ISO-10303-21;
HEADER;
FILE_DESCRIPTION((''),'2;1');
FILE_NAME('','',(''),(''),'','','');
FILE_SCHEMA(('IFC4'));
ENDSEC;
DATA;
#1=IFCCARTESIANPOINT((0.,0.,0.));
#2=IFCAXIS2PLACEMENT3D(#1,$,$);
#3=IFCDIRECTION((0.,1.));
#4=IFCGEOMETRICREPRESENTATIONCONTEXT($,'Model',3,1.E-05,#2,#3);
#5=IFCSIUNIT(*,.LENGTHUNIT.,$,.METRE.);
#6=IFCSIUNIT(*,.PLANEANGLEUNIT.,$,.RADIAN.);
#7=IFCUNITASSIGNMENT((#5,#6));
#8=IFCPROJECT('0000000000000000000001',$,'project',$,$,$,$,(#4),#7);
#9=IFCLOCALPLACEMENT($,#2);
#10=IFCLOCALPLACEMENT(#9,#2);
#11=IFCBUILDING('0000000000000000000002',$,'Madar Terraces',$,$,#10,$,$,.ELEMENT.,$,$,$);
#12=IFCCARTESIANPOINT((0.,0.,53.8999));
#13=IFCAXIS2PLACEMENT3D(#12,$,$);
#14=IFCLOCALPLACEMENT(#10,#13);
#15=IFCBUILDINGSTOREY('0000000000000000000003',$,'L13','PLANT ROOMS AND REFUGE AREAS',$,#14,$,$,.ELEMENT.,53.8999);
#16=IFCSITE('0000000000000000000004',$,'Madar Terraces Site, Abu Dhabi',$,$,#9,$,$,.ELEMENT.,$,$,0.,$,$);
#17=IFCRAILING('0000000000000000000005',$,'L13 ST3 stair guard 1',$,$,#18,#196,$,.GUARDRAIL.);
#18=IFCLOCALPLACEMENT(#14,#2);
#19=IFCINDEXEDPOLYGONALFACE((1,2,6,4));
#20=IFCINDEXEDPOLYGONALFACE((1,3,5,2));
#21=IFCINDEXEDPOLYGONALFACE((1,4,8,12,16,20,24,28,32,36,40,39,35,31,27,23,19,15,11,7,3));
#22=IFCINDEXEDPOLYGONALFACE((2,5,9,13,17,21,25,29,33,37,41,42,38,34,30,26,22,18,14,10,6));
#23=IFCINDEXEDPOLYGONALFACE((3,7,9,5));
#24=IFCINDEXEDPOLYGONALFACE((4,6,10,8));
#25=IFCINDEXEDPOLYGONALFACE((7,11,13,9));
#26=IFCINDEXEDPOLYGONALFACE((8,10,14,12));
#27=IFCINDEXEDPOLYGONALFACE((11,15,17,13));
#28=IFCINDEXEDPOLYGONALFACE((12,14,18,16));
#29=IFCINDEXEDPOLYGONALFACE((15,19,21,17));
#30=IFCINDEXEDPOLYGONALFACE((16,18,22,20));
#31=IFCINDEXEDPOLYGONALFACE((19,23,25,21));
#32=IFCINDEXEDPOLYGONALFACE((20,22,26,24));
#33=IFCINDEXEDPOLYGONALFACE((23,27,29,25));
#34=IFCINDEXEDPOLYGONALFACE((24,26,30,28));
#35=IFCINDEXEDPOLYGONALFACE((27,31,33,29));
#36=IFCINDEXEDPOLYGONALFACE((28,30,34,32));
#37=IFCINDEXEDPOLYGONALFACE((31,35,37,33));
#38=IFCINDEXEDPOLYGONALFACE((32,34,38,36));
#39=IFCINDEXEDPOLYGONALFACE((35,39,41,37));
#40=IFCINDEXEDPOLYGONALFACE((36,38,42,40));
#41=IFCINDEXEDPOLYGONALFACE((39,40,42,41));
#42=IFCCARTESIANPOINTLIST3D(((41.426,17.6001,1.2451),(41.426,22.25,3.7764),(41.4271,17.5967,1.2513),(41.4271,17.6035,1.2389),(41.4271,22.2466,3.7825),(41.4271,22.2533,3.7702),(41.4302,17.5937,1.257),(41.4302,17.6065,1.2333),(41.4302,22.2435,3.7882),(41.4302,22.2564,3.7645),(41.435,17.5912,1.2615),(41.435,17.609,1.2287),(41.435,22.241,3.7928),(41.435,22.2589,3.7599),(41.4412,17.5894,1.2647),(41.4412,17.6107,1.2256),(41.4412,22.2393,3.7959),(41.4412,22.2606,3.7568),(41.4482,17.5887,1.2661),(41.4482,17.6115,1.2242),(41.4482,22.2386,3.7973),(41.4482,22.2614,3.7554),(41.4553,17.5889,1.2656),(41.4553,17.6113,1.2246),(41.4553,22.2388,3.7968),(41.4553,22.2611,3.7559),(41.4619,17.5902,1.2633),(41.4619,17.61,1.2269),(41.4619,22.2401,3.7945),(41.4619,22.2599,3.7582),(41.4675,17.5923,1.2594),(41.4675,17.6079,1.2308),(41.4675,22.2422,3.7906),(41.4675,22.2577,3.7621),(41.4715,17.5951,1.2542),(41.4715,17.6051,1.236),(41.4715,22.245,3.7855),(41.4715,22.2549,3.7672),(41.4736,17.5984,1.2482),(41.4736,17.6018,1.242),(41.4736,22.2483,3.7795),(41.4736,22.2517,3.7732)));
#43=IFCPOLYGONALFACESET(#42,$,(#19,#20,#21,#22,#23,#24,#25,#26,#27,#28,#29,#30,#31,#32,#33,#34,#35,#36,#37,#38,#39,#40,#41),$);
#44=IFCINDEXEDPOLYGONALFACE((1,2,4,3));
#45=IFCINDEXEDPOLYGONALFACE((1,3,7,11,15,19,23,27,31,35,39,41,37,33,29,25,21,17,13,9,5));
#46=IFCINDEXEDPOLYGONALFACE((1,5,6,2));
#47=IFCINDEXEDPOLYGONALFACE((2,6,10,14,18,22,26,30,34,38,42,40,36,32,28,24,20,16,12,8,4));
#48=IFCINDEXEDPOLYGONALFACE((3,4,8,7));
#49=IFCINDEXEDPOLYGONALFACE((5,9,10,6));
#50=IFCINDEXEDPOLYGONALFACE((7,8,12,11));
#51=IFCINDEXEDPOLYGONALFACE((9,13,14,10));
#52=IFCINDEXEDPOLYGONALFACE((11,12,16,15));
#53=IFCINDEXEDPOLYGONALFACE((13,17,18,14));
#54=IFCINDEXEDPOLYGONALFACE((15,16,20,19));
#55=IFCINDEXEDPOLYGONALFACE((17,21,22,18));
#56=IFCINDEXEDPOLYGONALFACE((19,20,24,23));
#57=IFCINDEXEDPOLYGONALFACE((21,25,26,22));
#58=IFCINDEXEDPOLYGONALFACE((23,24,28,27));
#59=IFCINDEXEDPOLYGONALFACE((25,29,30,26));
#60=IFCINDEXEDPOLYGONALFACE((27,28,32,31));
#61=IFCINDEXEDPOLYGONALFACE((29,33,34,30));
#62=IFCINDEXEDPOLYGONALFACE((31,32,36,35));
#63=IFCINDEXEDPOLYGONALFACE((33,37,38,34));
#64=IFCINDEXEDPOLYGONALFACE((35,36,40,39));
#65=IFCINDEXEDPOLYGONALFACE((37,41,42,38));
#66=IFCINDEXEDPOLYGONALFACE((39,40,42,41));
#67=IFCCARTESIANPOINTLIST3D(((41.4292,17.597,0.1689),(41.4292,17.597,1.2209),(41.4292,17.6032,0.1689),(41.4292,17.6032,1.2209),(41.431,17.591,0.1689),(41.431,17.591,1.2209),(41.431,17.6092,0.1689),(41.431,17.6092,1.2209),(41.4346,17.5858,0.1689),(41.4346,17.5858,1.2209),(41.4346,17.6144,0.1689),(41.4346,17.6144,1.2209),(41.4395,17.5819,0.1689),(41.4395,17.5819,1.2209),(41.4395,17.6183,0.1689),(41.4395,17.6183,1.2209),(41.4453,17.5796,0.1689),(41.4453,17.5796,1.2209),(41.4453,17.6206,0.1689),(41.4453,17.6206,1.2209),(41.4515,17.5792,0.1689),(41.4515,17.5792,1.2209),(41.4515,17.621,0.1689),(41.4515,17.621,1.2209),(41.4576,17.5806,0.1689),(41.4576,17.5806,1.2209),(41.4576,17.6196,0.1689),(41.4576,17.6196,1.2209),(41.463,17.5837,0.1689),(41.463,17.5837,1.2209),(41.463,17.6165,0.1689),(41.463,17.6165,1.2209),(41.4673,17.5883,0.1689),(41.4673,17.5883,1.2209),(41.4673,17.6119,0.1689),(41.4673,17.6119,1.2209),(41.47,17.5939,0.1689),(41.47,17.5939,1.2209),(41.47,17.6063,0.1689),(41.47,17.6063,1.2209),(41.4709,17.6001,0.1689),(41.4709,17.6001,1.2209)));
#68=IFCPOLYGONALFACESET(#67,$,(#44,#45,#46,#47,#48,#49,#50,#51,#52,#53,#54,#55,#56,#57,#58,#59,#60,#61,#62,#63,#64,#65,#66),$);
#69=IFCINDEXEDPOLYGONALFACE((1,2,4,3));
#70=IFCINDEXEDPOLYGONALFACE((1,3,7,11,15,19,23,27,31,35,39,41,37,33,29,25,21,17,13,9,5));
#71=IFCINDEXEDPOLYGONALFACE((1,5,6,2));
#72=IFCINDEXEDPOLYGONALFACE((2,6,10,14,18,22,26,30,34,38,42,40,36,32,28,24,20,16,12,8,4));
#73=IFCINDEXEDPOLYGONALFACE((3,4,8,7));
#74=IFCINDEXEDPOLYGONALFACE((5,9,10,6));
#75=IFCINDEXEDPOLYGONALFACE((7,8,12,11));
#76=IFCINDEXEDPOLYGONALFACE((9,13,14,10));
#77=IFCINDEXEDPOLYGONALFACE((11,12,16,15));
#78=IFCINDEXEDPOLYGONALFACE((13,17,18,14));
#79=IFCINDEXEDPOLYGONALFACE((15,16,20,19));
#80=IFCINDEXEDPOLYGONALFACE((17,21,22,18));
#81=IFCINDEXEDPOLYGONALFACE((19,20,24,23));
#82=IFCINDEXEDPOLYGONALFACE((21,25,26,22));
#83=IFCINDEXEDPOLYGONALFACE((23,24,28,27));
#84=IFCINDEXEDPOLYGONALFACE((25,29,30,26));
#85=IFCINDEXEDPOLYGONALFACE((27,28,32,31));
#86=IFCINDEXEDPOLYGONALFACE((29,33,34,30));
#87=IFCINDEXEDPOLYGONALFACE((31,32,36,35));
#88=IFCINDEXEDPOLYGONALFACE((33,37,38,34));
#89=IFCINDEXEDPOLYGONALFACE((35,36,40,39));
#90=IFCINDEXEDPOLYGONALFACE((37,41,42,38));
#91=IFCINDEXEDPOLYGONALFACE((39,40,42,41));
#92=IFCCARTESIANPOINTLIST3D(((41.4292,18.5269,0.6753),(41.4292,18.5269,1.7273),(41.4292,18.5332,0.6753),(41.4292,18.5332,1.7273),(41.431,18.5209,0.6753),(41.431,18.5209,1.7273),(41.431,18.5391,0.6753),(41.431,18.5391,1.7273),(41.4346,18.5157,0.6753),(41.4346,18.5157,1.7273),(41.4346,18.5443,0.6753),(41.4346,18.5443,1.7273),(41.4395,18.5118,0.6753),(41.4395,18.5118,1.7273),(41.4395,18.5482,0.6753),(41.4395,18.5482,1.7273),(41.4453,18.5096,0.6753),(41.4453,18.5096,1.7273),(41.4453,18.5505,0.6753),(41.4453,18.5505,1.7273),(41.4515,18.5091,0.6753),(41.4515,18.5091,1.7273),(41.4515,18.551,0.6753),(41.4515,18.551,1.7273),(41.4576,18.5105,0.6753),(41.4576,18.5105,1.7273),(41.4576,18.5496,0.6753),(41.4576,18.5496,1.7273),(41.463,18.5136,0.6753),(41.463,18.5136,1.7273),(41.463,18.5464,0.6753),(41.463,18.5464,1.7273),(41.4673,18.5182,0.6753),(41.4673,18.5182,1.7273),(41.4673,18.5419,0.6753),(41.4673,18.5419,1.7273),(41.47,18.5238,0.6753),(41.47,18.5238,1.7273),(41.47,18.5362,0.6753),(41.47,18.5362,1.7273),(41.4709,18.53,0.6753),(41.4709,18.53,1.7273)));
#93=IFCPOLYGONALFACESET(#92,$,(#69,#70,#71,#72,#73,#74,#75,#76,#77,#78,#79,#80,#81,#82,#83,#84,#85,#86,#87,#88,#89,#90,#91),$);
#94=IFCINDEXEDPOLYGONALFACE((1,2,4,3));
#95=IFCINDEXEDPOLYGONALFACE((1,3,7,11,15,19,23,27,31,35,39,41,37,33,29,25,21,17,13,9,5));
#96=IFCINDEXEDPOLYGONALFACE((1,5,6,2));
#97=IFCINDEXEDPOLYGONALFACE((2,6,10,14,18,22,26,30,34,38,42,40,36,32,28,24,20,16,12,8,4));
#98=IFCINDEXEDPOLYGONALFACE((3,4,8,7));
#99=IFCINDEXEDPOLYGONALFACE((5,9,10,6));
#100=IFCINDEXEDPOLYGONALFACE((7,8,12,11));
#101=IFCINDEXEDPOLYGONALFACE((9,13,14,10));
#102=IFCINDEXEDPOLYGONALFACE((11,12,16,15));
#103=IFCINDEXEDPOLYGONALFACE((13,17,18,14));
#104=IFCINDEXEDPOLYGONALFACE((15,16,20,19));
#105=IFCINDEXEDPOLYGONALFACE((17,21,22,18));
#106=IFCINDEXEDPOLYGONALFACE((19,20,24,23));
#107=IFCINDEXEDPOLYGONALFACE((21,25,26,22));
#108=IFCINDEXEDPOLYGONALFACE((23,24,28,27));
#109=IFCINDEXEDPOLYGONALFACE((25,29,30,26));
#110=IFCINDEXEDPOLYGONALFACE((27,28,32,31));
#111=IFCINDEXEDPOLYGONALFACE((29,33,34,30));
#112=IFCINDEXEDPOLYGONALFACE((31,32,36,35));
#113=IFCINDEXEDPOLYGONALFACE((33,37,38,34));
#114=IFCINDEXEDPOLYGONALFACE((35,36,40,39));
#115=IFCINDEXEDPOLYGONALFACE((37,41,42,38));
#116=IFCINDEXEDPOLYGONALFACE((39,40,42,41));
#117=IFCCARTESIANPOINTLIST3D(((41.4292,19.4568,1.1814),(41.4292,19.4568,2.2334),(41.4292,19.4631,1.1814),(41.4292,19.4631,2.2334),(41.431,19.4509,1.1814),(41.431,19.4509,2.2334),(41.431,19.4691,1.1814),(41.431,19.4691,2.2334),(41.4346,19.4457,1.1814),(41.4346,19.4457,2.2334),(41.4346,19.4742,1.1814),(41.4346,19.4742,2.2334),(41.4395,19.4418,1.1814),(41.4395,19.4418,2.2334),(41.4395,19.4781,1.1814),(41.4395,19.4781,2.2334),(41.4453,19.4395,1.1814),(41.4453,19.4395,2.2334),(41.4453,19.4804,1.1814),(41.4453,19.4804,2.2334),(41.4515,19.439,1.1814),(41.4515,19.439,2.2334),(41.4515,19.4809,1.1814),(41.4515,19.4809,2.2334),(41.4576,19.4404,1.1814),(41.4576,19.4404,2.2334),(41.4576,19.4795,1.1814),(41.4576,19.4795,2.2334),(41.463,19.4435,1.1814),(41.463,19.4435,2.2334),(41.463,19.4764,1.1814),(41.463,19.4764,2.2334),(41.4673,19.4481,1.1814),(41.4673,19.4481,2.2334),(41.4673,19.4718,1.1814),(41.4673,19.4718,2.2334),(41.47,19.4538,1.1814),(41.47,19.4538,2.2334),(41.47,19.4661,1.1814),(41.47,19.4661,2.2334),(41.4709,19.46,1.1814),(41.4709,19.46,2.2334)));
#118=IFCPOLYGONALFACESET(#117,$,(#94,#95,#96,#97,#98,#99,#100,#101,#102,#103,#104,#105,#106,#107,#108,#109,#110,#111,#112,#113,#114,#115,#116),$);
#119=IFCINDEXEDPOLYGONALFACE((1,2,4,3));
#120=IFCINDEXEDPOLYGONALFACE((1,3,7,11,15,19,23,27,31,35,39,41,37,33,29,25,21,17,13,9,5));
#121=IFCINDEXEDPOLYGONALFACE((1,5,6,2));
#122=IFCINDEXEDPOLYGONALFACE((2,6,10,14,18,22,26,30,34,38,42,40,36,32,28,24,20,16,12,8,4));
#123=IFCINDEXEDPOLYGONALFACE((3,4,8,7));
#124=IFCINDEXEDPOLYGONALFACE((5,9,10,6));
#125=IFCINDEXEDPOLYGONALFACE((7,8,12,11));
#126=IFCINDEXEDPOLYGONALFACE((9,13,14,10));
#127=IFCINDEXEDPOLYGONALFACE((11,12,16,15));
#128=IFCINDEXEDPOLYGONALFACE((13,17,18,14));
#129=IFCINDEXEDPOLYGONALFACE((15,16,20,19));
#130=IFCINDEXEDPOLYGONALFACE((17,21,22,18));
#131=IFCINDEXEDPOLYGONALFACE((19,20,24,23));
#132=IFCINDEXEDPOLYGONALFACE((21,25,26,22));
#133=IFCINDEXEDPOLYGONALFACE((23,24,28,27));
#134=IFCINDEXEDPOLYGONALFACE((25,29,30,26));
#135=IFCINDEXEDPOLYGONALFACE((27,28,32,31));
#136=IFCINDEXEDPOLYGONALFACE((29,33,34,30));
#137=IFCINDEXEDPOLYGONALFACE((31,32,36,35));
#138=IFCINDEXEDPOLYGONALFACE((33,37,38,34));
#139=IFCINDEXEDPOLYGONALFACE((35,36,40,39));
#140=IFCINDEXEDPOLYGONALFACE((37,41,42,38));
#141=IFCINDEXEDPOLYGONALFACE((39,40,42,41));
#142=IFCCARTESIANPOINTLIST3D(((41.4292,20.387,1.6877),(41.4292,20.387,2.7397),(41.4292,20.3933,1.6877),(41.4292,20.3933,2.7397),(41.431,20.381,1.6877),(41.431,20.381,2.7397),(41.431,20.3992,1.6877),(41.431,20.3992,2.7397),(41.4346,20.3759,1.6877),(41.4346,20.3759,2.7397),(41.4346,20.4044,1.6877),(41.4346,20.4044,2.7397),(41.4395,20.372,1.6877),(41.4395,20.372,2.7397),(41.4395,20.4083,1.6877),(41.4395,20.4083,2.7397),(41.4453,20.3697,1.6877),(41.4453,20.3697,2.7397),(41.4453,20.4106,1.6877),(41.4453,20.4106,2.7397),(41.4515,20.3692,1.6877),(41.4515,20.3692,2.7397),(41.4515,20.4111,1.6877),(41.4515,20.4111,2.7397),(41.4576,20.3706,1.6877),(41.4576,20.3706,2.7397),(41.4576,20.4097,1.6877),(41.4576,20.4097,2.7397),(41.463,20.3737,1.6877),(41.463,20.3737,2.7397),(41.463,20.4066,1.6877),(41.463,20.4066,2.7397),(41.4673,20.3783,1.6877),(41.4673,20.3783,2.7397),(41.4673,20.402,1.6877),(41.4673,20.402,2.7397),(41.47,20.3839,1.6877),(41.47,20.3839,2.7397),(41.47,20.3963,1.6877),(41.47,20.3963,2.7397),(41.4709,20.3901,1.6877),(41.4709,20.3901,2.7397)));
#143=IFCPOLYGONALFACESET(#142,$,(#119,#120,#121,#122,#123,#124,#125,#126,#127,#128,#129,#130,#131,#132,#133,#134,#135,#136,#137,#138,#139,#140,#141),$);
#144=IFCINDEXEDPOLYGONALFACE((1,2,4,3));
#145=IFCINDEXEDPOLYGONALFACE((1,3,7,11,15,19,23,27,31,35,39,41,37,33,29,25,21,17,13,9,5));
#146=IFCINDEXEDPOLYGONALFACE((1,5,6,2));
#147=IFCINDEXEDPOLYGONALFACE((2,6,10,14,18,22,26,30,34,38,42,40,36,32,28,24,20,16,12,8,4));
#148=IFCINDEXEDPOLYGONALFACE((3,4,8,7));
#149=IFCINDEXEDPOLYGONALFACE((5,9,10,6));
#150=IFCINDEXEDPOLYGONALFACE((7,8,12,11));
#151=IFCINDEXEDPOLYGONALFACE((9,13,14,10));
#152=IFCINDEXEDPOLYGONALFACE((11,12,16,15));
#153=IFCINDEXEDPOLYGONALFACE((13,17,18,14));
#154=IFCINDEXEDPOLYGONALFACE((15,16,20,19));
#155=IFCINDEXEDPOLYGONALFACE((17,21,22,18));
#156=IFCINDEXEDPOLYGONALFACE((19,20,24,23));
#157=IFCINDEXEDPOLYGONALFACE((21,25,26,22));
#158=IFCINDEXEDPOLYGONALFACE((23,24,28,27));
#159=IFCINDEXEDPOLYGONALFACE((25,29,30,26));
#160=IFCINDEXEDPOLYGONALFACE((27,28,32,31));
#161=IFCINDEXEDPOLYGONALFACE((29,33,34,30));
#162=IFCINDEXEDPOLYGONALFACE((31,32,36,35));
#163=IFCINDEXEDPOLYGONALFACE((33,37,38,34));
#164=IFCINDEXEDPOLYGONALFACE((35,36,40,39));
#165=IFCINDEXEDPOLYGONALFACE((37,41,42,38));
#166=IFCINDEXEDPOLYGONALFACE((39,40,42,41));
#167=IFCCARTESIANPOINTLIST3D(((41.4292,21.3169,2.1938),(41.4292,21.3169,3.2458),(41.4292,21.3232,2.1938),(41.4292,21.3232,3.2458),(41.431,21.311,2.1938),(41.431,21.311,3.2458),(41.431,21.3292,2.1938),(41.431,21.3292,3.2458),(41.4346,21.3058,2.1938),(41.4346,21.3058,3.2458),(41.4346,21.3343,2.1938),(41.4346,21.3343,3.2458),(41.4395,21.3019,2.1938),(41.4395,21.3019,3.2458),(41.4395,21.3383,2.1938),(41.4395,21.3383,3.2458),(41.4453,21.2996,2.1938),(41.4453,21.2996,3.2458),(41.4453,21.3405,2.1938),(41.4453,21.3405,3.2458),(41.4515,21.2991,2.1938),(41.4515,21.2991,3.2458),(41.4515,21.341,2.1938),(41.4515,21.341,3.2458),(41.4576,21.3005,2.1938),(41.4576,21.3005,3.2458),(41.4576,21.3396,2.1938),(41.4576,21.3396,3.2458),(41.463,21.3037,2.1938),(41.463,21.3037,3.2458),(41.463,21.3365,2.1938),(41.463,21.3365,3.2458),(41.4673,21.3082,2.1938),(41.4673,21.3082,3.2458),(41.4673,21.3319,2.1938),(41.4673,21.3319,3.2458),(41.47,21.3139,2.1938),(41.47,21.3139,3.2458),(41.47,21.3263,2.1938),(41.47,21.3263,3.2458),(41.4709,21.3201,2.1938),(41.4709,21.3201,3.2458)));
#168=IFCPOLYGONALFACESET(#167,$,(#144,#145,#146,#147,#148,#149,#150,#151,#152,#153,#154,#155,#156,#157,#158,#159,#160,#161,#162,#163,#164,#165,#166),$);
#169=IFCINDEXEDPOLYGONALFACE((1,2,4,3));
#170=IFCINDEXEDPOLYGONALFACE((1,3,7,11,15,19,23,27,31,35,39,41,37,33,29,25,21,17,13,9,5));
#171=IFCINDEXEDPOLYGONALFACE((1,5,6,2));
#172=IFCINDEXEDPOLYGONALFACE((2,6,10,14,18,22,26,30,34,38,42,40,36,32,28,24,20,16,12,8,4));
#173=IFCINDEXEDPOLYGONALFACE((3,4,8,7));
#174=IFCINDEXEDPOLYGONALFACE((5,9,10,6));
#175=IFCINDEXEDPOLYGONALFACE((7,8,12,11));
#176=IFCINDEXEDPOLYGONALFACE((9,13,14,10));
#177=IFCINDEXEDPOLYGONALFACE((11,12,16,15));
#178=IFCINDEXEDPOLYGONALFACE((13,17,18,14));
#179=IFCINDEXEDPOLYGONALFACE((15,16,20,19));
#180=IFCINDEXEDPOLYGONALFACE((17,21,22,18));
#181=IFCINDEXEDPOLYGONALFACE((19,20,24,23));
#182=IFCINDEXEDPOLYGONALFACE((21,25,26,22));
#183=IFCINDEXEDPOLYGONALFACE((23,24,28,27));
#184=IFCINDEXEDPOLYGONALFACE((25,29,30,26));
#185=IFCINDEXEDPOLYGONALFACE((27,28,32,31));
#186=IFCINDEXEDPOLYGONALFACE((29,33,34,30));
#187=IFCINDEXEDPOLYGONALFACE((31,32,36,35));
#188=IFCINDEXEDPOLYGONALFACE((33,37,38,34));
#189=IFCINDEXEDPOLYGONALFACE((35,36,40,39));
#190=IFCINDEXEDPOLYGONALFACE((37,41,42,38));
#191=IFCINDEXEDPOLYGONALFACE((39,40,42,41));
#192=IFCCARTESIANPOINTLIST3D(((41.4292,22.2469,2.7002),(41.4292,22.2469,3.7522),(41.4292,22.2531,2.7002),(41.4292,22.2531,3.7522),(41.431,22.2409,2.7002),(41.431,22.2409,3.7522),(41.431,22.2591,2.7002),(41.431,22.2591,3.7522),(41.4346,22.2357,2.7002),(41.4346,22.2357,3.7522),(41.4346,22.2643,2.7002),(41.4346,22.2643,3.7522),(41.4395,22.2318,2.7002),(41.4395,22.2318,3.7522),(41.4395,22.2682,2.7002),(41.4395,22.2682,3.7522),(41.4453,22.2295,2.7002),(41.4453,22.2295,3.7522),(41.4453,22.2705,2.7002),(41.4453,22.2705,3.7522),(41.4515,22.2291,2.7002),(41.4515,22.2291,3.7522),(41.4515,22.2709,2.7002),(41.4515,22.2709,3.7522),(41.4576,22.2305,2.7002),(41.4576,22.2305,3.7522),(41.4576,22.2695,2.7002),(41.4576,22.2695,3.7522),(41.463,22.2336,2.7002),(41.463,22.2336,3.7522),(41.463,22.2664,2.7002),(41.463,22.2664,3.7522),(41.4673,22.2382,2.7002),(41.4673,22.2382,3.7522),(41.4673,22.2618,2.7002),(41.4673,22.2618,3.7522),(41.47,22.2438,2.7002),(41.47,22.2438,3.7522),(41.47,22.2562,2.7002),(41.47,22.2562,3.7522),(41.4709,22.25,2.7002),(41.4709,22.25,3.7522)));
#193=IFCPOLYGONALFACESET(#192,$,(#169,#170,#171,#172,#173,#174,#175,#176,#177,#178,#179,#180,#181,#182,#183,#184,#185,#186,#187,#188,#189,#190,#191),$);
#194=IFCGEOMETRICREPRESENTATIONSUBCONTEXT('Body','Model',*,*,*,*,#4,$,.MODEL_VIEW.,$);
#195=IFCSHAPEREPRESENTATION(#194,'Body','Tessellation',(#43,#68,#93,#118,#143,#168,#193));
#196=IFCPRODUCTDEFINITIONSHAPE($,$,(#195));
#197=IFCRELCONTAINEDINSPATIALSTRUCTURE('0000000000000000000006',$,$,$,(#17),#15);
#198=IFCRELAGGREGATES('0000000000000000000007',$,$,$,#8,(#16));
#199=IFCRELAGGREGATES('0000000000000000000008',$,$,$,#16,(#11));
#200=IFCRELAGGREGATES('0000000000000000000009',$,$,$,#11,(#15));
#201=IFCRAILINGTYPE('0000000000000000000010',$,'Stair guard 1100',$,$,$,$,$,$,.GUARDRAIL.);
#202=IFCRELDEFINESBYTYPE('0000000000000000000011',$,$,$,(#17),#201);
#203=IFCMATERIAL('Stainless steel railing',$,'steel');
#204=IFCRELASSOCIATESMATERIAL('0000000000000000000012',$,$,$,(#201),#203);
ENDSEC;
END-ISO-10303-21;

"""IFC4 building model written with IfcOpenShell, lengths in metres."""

from ifc_helpers import new_model, si_unit, direction, frame, origin, origin_2d, place, context, subcontext, project, spatial, circle, extrude, material, type_object, element, save


model = new_model("IFC4")

# Units and contexts
model_context = context("Model", 3, precision=1e-05, world=origin(), true_north=direction((0.0, 1.0)))
body_context = subcontext(model_context, "Body", "Model", "MODEL_VIEW")
ifc_project = project(units=[si_unit("LENGTHUNIT", "METRE"), si_unit("PLANEANGLEUNIT", "RADIAN")], contexts=[model_context])

# Site, building, storey
site_placement = place(None, origin())
site = spatial("IfcSite", under=ifc_project, at=site_placement, Name="Madar Terraces Site, Abu Dhabi", CompositionType="ELEMENT", RefElevation=0.0)
building_placement = place(site_placement, origin())
building = spatial("IfcBuilding", under=site, at=building_placement, Name="Madar Terraces", CompositionType="ELEMENT")
storey_placement = place(building_placement, frame((0.0, 0.0, 53.8999)))
storey = spatial("IfcBuildingStorey", under=building, at=storey_placement, Name="L13", Description="PLANT ROOMS AND REFUGE AREAS", CompositionType="ELEMENT", Elevation=53.8999)

# Railing
ifc_material_1 = material(Name="Stainless steel railing", Category="steel")
railing_type_1 = type_object("IfcRailingType", Name="Stair guard 1100", PredefinedType="GUARDRAIL", material=ifc_material_1)
railing_1_placement = place(storey_placement, frame((41.45, 17.6001, 0.1689)))
element("IfcRailing", 1, at=railing_1_placement, inside=storey, type_object=railing_type_1, Name="L13 ST3 stair guard 1", PredefinedType="GUARDRAIL", context=body_context, shape_type="SweptSolid", body=[
    extrude(circle(Radius=0.0239, at=origin_2d()), frame((0.0, 0.0, 1.0762), z_axis=(0.0, 0.878297, 0.478115), x_axis=(-1.0, 0.0, 0.0)), (0.0, 0.0, 1.0), 5.2942),
    extrude(circle(Radius=0.021, at=origin_2d()), origin(), (0.0, 0.0, 1.0), 1.052),
    extrude(circle(Radius=0.021, at=origin_2d()), frame((0.0, 0.9299, 0.5063)), (0.0, 0.0, 1.0), 1.052),
    extrude(circle(Radius=0.021, at=origin_2d()), frame((0.0, 1.8599, 1.0125)), (0.0, 0.0, 1.0), 1.052),
    extrude(circle(Radius=0.021, at=origin_2d()), frame((0.0, 2.79, 1.5188)), (0.0, 0.0, 1.0), 1.052),
    extrude(circle(Radius=0.021, at=origin_2d()), frame((0.0, 3.72, 2.0249)), (0.0, 0.0, 1.0), 1.052),
    extrude(circle(Radius=0.021, at=origin_2d()), frame((0.0, 4.6499, 2.5312)), (0.0, 0.0, 1.0), 1.052),
])

save(model, "model.ifc")
